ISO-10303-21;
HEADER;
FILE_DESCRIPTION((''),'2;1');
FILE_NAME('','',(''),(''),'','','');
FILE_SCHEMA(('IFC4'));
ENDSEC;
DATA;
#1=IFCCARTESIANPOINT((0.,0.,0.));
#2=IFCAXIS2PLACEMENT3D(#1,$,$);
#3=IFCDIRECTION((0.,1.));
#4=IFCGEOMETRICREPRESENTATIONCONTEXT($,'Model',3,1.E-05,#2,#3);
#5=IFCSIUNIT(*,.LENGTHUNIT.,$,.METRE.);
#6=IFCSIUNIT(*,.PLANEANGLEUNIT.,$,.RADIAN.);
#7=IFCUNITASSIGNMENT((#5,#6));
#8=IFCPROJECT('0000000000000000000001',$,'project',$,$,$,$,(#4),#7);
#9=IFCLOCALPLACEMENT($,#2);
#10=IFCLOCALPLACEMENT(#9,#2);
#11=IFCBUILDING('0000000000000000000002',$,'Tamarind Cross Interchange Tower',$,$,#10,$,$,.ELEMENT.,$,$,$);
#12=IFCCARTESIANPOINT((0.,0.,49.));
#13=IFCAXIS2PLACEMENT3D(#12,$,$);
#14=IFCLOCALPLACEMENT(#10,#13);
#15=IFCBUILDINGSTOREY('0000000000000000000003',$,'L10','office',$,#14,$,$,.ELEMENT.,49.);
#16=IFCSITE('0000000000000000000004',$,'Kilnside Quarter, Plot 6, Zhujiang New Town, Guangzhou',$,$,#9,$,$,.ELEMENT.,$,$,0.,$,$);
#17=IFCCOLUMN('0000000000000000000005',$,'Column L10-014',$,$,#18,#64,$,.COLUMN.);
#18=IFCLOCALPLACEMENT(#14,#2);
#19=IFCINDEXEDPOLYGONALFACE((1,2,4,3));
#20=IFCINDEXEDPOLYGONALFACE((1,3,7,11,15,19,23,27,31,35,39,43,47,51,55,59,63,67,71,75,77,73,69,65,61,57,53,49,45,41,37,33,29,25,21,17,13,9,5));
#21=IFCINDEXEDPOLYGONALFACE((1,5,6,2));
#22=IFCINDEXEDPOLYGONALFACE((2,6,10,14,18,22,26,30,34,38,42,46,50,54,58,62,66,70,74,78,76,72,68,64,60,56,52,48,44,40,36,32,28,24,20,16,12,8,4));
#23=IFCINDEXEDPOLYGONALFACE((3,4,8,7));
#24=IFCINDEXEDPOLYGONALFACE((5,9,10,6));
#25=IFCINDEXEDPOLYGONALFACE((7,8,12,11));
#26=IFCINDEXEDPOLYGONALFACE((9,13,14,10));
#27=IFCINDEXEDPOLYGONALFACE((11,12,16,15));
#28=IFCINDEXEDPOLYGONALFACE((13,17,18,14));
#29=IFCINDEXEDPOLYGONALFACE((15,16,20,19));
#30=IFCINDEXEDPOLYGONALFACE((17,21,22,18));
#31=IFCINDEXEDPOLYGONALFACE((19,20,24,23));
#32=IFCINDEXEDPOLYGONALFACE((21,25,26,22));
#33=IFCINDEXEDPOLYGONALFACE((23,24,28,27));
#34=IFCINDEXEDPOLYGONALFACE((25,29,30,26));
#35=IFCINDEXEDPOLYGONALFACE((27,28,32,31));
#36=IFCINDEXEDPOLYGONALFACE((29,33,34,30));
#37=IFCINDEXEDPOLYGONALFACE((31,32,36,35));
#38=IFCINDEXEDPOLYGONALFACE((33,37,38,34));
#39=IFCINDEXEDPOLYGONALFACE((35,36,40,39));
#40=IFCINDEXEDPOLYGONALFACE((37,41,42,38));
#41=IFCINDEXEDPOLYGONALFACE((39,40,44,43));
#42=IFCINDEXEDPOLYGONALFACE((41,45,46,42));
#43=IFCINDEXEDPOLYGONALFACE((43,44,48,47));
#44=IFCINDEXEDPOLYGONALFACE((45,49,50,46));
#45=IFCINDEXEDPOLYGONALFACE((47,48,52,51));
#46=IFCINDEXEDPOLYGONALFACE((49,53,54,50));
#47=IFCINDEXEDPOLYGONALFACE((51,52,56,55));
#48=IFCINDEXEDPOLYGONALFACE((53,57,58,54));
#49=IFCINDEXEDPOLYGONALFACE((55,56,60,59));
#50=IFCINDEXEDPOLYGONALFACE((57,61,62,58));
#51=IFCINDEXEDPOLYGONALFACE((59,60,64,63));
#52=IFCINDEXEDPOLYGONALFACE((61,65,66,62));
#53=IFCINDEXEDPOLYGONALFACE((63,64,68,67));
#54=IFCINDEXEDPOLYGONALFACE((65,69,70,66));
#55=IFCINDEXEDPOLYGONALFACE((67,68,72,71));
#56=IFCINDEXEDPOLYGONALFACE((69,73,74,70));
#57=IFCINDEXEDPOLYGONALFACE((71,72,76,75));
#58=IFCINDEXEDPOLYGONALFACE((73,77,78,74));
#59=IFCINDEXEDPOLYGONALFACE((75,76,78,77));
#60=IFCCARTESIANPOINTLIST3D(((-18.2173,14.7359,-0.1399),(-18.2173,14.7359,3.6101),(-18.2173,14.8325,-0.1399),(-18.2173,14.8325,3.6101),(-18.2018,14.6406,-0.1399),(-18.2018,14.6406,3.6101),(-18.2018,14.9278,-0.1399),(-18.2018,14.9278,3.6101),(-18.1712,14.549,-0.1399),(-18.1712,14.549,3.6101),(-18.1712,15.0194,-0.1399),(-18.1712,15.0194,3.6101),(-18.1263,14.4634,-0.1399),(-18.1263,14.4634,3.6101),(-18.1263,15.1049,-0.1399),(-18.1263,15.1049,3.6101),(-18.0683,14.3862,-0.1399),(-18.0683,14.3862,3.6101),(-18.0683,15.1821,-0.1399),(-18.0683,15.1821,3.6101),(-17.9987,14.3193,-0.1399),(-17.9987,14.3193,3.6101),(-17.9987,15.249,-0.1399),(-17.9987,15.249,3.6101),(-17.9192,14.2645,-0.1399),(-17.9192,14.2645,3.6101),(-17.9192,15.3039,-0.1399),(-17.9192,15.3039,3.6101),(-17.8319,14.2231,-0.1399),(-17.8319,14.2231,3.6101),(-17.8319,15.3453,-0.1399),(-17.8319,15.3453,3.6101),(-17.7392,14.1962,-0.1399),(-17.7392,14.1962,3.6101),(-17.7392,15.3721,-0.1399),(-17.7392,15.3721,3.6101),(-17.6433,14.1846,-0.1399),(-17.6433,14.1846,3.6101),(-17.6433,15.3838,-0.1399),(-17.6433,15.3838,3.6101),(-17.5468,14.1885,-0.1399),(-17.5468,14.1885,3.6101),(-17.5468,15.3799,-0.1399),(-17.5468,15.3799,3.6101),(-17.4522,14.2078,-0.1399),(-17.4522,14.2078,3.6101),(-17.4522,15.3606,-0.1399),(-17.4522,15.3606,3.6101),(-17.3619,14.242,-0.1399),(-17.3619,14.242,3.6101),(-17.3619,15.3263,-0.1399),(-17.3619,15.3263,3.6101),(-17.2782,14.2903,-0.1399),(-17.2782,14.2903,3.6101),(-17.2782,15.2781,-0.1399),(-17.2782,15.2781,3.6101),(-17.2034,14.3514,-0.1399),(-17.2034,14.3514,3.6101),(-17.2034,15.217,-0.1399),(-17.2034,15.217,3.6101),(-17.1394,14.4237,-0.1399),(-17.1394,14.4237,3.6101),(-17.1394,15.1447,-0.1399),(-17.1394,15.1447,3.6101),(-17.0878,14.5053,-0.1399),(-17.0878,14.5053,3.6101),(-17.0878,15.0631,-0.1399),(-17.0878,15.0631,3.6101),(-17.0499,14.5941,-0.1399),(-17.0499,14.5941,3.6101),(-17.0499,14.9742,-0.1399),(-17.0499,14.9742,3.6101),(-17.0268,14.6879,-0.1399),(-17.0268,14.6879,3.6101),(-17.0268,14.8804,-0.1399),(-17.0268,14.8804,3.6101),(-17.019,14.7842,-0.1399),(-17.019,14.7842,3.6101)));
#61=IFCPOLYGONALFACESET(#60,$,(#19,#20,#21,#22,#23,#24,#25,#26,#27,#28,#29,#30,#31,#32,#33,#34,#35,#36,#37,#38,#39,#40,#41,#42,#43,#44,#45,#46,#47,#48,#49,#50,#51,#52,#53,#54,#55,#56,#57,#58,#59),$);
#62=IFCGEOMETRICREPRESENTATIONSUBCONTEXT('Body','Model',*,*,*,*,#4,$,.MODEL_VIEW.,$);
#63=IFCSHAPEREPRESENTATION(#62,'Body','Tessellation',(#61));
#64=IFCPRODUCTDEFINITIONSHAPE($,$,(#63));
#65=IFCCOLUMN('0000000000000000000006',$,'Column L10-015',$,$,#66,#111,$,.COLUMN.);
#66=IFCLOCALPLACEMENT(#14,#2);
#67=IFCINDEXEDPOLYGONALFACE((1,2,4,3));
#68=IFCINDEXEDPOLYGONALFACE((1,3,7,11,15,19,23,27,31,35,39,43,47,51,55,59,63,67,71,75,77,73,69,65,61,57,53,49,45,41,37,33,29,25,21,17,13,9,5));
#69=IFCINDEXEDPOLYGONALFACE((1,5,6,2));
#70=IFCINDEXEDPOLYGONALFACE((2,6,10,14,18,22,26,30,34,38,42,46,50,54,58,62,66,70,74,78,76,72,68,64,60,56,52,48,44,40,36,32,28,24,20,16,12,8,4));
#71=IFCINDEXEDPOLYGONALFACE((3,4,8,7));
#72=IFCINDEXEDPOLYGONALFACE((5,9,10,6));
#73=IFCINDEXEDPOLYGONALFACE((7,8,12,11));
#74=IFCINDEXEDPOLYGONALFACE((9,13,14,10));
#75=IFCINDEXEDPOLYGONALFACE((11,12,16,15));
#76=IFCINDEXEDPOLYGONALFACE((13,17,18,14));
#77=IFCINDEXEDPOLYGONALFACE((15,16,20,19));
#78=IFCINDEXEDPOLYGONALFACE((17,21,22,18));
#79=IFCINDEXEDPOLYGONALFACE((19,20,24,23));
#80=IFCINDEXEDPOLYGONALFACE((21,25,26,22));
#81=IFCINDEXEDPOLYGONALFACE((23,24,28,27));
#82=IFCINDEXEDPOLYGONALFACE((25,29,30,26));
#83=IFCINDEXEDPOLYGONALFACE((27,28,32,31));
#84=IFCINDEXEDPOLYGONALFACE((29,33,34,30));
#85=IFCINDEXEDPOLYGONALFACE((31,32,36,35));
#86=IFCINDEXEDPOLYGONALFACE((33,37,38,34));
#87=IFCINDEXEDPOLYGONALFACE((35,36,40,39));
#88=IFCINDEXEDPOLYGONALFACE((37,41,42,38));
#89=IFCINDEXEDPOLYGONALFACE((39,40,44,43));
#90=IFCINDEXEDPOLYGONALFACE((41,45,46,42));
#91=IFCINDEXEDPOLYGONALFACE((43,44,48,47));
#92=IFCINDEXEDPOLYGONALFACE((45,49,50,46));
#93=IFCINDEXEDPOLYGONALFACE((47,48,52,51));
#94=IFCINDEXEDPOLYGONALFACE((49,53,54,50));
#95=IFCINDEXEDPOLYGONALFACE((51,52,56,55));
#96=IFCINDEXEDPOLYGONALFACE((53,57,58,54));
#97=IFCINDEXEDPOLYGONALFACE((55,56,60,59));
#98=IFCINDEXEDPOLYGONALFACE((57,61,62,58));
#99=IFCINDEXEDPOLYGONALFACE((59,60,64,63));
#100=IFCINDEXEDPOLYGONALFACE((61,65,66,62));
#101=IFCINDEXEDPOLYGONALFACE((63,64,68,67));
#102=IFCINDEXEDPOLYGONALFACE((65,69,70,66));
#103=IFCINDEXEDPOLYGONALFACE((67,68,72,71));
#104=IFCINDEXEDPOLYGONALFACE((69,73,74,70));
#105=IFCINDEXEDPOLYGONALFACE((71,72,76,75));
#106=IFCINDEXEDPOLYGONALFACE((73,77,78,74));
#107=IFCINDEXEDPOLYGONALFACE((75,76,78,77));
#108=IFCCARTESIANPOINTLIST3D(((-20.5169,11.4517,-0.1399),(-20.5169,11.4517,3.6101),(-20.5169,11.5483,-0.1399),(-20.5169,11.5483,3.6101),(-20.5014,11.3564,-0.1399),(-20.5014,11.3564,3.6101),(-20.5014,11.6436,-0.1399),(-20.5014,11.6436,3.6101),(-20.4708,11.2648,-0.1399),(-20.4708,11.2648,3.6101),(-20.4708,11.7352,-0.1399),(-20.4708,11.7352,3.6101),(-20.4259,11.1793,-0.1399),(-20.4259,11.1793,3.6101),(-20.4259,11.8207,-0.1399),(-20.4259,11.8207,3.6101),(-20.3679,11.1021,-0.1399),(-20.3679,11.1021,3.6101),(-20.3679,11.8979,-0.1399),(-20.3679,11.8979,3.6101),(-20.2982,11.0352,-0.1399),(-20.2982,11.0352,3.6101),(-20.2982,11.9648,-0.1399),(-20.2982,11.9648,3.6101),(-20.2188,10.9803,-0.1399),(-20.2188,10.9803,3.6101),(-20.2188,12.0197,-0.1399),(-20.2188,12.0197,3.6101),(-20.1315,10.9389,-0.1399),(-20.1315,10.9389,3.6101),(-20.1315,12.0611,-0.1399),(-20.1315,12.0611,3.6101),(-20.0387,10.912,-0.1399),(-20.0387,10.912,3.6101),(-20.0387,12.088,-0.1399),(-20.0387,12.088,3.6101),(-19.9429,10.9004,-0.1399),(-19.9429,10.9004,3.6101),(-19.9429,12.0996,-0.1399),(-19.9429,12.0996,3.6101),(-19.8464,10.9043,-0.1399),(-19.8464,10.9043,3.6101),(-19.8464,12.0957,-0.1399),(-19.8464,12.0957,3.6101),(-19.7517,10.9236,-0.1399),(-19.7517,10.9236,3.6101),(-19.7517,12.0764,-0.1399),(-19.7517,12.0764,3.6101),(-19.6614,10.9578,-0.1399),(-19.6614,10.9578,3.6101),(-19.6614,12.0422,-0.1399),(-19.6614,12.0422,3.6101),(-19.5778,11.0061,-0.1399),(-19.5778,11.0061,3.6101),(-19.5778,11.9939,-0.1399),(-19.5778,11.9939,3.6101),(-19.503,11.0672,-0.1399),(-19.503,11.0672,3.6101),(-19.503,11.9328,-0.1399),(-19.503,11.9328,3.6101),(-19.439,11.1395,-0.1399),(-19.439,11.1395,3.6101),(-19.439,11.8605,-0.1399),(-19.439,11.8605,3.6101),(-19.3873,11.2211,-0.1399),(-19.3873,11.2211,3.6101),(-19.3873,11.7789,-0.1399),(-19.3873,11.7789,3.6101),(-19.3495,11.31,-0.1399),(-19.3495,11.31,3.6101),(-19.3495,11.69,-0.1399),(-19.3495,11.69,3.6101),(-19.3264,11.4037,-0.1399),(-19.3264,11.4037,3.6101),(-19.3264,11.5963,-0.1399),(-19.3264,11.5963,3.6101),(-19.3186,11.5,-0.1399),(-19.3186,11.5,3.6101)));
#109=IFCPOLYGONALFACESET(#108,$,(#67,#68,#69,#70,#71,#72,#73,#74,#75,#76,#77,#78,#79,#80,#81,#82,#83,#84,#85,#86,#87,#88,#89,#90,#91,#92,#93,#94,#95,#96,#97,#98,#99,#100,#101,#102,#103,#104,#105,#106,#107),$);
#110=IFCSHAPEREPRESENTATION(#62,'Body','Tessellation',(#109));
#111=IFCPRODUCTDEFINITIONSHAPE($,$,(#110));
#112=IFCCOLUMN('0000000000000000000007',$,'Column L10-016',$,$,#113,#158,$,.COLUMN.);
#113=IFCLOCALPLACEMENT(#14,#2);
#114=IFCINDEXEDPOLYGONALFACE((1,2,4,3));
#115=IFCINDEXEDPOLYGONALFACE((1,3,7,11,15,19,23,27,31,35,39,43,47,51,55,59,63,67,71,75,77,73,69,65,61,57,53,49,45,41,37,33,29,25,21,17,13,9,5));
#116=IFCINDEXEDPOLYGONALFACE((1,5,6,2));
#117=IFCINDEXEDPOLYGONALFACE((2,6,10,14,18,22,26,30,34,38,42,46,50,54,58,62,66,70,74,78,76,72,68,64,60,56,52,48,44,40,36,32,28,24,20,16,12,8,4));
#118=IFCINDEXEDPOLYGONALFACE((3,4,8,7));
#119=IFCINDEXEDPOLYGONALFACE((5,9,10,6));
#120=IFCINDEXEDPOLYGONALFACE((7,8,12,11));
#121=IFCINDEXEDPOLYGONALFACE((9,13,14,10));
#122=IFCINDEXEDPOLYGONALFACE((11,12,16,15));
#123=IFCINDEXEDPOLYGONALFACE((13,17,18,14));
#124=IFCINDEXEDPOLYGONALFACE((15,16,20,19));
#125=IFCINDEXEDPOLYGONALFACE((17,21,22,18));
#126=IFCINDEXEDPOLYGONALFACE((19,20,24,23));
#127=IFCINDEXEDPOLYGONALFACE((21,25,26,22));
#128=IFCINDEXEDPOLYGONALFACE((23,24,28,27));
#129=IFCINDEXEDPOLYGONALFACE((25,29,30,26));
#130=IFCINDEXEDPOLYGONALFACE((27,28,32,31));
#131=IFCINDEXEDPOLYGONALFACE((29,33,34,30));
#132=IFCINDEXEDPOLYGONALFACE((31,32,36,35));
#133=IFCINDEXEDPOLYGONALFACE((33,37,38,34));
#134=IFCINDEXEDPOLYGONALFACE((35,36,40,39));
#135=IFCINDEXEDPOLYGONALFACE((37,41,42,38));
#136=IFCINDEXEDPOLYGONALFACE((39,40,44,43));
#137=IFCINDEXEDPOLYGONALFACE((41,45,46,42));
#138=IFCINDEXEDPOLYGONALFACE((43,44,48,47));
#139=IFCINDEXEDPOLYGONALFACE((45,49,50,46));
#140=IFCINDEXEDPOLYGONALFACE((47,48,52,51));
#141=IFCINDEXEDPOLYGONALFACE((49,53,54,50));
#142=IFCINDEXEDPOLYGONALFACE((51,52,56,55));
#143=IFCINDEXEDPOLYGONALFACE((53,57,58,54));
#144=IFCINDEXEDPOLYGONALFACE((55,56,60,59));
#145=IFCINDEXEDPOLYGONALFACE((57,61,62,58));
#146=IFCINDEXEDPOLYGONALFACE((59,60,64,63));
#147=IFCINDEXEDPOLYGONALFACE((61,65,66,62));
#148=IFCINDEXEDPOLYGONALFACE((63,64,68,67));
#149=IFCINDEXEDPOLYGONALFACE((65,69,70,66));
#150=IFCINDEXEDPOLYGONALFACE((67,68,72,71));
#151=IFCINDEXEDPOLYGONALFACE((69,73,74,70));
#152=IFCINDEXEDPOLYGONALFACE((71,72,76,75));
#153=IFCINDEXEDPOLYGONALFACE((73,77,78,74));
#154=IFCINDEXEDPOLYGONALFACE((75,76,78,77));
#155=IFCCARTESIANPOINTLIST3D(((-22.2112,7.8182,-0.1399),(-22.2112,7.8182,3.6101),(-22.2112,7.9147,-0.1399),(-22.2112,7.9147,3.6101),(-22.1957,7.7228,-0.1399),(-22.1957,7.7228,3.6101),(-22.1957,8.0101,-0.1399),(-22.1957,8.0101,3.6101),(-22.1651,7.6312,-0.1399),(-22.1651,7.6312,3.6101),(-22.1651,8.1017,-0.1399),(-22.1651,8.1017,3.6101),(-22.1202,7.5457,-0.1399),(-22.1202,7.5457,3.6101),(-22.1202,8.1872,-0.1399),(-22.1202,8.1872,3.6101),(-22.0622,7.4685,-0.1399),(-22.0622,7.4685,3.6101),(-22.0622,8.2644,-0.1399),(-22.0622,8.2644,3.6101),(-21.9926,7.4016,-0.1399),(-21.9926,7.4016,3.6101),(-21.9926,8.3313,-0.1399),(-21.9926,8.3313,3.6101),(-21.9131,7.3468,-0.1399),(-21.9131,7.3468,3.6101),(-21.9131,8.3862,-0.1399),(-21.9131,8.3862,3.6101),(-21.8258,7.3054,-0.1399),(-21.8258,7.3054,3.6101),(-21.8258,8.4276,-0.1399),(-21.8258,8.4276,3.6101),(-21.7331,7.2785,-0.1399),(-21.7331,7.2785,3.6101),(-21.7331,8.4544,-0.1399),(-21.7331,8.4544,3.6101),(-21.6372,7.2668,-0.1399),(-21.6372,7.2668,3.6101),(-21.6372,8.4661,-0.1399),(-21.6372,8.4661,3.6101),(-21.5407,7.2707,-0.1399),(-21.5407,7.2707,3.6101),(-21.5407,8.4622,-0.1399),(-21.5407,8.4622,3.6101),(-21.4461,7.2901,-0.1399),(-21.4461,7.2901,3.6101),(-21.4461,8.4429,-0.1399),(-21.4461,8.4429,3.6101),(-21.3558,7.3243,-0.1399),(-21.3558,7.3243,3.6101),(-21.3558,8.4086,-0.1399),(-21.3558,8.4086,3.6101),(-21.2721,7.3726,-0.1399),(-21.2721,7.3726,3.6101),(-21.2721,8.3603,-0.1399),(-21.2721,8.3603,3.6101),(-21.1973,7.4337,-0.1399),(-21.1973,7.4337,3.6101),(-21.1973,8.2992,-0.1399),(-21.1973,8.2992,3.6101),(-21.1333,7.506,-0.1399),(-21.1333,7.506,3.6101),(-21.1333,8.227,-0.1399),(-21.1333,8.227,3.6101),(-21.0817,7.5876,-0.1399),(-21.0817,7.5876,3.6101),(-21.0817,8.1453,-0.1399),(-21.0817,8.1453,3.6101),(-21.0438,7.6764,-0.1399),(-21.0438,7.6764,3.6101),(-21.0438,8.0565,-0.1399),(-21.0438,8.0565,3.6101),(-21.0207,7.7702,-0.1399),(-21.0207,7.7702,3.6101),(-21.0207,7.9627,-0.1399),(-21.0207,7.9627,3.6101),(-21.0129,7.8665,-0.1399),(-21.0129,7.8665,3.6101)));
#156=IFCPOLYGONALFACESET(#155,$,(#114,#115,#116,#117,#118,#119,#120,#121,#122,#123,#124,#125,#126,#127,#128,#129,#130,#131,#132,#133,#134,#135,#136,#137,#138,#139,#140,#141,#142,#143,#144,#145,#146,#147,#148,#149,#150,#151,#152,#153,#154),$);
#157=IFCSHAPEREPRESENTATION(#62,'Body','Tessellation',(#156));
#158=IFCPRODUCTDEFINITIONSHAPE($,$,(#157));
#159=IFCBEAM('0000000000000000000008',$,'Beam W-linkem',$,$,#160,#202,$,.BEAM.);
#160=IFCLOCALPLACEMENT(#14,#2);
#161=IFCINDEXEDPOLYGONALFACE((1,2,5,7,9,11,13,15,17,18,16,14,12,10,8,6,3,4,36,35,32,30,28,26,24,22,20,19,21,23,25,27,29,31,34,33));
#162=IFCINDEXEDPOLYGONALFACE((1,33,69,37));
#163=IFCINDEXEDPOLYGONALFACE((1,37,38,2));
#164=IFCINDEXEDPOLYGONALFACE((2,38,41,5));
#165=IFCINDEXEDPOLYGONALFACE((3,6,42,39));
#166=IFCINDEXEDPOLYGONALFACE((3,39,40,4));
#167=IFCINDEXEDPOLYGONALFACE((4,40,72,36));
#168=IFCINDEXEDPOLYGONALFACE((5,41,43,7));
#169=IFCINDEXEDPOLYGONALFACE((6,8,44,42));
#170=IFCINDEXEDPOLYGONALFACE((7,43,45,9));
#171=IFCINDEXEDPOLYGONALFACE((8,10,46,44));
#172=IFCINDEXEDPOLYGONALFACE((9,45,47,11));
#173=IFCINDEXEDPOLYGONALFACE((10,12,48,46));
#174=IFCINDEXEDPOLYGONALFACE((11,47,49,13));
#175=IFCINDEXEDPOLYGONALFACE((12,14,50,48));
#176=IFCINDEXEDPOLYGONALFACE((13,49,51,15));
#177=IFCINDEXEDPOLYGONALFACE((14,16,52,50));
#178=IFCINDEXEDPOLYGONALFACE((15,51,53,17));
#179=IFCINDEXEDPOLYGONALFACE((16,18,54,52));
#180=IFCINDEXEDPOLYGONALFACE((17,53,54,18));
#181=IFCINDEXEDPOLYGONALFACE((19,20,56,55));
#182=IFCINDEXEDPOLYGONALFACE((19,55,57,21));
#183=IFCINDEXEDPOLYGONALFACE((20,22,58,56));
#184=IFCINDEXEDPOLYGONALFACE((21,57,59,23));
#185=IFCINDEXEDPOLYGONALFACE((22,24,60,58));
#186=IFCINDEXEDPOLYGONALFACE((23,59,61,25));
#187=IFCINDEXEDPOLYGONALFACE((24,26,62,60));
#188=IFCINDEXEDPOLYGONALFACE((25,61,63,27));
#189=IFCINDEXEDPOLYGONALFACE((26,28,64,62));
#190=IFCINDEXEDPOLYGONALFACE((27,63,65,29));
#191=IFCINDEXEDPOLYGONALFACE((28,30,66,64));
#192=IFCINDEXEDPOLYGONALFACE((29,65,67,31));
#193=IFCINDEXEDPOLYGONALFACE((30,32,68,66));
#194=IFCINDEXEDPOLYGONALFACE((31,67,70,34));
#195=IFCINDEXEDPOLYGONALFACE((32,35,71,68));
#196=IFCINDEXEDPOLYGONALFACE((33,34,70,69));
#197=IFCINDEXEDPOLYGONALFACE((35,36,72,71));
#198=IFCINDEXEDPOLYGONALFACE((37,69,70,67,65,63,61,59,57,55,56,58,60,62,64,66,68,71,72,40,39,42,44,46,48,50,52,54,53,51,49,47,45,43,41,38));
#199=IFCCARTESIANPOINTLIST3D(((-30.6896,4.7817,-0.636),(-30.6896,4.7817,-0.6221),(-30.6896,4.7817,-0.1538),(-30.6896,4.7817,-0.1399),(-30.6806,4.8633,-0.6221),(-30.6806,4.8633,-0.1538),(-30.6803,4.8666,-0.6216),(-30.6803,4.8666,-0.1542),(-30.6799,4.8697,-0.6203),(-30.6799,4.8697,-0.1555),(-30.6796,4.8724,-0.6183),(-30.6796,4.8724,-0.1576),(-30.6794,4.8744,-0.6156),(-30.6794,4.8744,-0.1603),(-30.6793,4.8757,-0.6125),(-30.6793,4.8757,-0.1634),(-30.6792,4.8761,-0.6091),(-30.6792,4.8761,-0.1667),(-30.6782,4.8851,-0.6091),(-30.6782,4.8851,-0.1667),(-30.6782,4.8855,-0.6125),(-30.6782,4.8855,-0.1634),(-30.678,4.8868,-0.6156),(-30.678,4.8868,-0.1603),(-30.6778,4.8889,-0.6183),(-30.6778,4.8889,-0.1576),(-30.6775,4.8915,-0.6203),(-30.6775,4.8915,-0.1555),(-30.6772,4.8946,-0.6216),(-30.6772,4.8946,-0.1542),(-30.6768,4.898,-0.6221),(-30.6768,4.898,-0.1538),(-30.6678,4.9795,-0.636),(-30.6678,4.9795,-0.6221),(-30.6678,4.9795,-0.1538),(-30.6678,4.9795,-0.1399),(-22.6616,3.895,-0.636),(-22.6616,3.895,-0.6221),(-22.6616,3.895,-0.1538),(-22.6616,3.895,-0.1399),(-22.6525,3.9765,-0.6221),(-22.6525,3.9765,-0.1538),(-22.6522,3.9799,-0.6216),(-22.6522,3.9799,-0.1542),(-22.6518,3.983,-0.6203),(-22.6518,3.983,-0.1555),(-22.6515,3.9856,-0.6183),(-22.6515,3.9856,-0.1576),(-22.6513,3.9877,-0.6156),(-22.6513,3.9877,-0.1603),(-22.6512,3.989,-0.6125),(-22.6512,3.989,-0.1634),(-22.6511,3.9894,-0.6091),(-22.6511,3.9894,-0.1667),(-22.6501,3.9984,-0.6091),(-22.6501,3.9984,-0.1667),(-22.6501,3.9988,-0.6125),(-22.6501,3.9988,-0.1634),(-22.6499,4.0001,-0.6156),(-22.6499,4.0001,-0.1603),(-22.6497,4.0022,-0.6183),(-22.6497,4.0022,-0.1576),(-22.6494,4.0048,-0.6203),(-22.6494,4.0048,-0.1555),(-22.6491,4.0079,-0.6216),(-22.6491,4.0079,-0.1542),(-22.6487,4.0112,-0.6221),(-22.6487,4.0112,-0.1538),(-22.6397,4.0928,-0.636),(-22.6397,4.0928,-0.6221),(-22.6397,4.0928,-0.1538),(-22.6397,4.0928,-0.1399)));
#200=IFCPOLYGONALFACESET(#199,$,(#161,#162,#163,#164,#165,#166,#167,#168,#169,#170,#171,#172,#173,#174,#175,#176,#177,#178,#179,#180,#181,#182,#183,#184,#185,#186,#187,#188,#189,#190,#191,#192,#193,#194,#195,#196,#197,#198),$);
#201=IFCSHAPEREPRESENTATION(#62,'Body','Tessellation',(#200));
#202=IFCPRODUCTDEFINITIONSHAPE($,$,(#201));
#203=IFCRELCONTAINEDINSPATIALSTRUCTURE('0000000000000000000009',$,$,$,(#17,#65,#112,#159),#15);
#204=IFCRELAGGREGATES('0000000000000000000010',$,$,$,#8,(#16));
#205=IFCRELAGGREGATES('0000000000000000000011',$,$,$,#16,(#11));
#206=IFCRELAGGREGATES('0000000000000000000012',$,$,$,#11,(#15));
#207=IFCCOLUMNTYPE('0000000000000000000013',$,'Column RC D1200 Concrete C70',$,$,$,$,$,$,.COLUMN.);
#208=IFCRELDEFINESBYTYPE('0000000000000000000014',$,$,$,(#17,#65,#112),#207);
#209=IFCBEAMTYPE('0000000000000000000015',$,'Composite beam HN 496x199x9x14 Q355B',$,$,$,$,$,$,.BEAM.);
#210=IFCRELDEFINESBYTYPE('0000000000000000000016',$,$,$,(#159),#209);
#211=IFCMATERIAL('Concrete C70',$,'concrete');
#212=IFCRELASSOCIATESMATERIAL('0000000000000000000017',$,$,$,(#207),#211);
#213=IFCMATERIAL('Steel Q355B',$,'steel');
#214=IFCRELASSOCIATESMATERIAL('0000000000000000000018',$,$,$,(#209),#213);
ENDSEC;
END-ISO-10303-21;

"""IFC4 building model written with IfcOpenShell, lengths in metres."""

from ifc_helpers import new_model, si_unit, direction, frame, origin, origin_2d, place, context, subcontext, project, spatial, circle, i_section, extrude, material, material_profile, profile_set, type_object, element, save


model = new_model("IFC4")

# Units and contexts
model_context = context("Model", 3, precision=1e-05, world=origin(), true_north=direction((0.0, 1.0)))
body_context = subcontext(model_context, "Body", "Model", "MODEL_VIEW")
ifc_project = project(units=[si_unit("LENGTHUNIT", "METRE"), si_unit("PLANEANGLEUNIT", "RADIAN")], contexts=[model_context])

# Site, building, storey
site_placement = place(None, origin())
site = spatial("IfcSite", under=ifc_project, at=site_placement, Name="Kilnside Quarter, Plot 6, Zhujiang New Town, Guangzhou", CompositionType="ELEMENT", RefElevation=0.0)
building_placement = place(site_placement, origin())
building = spatial("IfcBuilding", under=site, at=building_placement, Name="Tamarind Cross Interchange Tower", CompositionType="ELEMENT")
storey_placement = place(building_placement, frame((0.0, 0.0, 49.0)))
storey = spatial("IfcBuildingStorey", under=building, at=storey_placement, Name="L10", Description="office", CompositionType="ELEMENT", Elevation=49.0)

# Columns
ifc_material_1 = material(Name="Concrete C70", Category="concrete")
ifc_material_profile_1 = material_profile(ifc_material_1, circle(Radius=0.6001, at=origin_2d()), Name="RC D1200")
ifc_profile_set_1 = profile_set([ifc_material_profile_1], Name="Concrete C70")
column_type_1 = type_object("IfcColumnType", Name="Column RC D1200 Concrete C70", PredefinedType="COLUMN", material=ifc_profile_set_1)
for number, where, z_axis, x_axis, name in (
    (1, (-17.6191, 14.7842, -0.1399), (0.0, 0.0, 1.0), (1.0, 0.0, 0.0), "Column L10-014"),
    (2, (-19.9187, 11.5, -0.1399), (0.0, 0.0, 1.0), (1.0, 0.0, 0.0), "Column L10-015"),
    (3, (-21.613, 7.8665, -0.1399), (0.0, 0.0, 1.0), (1.0, 0.0, 0.0), "Column L10-016"),
):
    element("IfcColumn", number, at=place(storey_placement, frame(where, z_axis=z_axis, x_axis=x_axis)), inside=storey, type_object=column_type_1, Name=name, PredefinedType="COLUMN", context=body_context, shape_type="SweptSolid", body=[
        extrude(circle(Radius=0.6001, at=origin_2d()), origin(), (0.0, 0.0, 1.0), 3.75),
    ])

# Beam
ifc_material_2 = material(Name="Steel Q355B", Category="steel")
ifc_material_profile_2 = material_profile(ifc_material_2, i_section(OverallWidth=0.199, OverallDepth=0.4961, WebThickness=0.009, FlangeThickness=0.0139, FilletRadius=0.0129, at=origin_2d()), Name="HN 496x199x9x14")
ifc_profile_set_2 = profile_set([ifc_material_profile_2], Name="Steel Q355B")
beam_type_1 = type_object("IfcBeamType", Name="Composite beam HN 496x199x9x14 Q355B", PredefinedType="BEAM", material=ifc_profile_set_2)
beam_1_placement = place(storey_placement, frame((-30.6787, 4.8806, -0.3879), z_axis=(0.993955, -0.109785, 0.0), x_axis=(0.109785, 0.993955, 0.0)))
element("IfcBeam", 4, at=beam_1_placement, inside=storey, type_object=beam_type_1, Name="Beam W-linkem", PredefinedType="BEAM", context=body_context, shape_type="SweptSolid", body=[
    extrude(i_section(OverallWidth=0.199, OverallDepth=0.4961, WebThickness=0.009, FlangeThickness=0.0139, FilletRadius=0.0129, at=origin_2d()), origin(), (0.0, 0.0, 1.0), 8.0769),
])

save(model, "model.ifc")
